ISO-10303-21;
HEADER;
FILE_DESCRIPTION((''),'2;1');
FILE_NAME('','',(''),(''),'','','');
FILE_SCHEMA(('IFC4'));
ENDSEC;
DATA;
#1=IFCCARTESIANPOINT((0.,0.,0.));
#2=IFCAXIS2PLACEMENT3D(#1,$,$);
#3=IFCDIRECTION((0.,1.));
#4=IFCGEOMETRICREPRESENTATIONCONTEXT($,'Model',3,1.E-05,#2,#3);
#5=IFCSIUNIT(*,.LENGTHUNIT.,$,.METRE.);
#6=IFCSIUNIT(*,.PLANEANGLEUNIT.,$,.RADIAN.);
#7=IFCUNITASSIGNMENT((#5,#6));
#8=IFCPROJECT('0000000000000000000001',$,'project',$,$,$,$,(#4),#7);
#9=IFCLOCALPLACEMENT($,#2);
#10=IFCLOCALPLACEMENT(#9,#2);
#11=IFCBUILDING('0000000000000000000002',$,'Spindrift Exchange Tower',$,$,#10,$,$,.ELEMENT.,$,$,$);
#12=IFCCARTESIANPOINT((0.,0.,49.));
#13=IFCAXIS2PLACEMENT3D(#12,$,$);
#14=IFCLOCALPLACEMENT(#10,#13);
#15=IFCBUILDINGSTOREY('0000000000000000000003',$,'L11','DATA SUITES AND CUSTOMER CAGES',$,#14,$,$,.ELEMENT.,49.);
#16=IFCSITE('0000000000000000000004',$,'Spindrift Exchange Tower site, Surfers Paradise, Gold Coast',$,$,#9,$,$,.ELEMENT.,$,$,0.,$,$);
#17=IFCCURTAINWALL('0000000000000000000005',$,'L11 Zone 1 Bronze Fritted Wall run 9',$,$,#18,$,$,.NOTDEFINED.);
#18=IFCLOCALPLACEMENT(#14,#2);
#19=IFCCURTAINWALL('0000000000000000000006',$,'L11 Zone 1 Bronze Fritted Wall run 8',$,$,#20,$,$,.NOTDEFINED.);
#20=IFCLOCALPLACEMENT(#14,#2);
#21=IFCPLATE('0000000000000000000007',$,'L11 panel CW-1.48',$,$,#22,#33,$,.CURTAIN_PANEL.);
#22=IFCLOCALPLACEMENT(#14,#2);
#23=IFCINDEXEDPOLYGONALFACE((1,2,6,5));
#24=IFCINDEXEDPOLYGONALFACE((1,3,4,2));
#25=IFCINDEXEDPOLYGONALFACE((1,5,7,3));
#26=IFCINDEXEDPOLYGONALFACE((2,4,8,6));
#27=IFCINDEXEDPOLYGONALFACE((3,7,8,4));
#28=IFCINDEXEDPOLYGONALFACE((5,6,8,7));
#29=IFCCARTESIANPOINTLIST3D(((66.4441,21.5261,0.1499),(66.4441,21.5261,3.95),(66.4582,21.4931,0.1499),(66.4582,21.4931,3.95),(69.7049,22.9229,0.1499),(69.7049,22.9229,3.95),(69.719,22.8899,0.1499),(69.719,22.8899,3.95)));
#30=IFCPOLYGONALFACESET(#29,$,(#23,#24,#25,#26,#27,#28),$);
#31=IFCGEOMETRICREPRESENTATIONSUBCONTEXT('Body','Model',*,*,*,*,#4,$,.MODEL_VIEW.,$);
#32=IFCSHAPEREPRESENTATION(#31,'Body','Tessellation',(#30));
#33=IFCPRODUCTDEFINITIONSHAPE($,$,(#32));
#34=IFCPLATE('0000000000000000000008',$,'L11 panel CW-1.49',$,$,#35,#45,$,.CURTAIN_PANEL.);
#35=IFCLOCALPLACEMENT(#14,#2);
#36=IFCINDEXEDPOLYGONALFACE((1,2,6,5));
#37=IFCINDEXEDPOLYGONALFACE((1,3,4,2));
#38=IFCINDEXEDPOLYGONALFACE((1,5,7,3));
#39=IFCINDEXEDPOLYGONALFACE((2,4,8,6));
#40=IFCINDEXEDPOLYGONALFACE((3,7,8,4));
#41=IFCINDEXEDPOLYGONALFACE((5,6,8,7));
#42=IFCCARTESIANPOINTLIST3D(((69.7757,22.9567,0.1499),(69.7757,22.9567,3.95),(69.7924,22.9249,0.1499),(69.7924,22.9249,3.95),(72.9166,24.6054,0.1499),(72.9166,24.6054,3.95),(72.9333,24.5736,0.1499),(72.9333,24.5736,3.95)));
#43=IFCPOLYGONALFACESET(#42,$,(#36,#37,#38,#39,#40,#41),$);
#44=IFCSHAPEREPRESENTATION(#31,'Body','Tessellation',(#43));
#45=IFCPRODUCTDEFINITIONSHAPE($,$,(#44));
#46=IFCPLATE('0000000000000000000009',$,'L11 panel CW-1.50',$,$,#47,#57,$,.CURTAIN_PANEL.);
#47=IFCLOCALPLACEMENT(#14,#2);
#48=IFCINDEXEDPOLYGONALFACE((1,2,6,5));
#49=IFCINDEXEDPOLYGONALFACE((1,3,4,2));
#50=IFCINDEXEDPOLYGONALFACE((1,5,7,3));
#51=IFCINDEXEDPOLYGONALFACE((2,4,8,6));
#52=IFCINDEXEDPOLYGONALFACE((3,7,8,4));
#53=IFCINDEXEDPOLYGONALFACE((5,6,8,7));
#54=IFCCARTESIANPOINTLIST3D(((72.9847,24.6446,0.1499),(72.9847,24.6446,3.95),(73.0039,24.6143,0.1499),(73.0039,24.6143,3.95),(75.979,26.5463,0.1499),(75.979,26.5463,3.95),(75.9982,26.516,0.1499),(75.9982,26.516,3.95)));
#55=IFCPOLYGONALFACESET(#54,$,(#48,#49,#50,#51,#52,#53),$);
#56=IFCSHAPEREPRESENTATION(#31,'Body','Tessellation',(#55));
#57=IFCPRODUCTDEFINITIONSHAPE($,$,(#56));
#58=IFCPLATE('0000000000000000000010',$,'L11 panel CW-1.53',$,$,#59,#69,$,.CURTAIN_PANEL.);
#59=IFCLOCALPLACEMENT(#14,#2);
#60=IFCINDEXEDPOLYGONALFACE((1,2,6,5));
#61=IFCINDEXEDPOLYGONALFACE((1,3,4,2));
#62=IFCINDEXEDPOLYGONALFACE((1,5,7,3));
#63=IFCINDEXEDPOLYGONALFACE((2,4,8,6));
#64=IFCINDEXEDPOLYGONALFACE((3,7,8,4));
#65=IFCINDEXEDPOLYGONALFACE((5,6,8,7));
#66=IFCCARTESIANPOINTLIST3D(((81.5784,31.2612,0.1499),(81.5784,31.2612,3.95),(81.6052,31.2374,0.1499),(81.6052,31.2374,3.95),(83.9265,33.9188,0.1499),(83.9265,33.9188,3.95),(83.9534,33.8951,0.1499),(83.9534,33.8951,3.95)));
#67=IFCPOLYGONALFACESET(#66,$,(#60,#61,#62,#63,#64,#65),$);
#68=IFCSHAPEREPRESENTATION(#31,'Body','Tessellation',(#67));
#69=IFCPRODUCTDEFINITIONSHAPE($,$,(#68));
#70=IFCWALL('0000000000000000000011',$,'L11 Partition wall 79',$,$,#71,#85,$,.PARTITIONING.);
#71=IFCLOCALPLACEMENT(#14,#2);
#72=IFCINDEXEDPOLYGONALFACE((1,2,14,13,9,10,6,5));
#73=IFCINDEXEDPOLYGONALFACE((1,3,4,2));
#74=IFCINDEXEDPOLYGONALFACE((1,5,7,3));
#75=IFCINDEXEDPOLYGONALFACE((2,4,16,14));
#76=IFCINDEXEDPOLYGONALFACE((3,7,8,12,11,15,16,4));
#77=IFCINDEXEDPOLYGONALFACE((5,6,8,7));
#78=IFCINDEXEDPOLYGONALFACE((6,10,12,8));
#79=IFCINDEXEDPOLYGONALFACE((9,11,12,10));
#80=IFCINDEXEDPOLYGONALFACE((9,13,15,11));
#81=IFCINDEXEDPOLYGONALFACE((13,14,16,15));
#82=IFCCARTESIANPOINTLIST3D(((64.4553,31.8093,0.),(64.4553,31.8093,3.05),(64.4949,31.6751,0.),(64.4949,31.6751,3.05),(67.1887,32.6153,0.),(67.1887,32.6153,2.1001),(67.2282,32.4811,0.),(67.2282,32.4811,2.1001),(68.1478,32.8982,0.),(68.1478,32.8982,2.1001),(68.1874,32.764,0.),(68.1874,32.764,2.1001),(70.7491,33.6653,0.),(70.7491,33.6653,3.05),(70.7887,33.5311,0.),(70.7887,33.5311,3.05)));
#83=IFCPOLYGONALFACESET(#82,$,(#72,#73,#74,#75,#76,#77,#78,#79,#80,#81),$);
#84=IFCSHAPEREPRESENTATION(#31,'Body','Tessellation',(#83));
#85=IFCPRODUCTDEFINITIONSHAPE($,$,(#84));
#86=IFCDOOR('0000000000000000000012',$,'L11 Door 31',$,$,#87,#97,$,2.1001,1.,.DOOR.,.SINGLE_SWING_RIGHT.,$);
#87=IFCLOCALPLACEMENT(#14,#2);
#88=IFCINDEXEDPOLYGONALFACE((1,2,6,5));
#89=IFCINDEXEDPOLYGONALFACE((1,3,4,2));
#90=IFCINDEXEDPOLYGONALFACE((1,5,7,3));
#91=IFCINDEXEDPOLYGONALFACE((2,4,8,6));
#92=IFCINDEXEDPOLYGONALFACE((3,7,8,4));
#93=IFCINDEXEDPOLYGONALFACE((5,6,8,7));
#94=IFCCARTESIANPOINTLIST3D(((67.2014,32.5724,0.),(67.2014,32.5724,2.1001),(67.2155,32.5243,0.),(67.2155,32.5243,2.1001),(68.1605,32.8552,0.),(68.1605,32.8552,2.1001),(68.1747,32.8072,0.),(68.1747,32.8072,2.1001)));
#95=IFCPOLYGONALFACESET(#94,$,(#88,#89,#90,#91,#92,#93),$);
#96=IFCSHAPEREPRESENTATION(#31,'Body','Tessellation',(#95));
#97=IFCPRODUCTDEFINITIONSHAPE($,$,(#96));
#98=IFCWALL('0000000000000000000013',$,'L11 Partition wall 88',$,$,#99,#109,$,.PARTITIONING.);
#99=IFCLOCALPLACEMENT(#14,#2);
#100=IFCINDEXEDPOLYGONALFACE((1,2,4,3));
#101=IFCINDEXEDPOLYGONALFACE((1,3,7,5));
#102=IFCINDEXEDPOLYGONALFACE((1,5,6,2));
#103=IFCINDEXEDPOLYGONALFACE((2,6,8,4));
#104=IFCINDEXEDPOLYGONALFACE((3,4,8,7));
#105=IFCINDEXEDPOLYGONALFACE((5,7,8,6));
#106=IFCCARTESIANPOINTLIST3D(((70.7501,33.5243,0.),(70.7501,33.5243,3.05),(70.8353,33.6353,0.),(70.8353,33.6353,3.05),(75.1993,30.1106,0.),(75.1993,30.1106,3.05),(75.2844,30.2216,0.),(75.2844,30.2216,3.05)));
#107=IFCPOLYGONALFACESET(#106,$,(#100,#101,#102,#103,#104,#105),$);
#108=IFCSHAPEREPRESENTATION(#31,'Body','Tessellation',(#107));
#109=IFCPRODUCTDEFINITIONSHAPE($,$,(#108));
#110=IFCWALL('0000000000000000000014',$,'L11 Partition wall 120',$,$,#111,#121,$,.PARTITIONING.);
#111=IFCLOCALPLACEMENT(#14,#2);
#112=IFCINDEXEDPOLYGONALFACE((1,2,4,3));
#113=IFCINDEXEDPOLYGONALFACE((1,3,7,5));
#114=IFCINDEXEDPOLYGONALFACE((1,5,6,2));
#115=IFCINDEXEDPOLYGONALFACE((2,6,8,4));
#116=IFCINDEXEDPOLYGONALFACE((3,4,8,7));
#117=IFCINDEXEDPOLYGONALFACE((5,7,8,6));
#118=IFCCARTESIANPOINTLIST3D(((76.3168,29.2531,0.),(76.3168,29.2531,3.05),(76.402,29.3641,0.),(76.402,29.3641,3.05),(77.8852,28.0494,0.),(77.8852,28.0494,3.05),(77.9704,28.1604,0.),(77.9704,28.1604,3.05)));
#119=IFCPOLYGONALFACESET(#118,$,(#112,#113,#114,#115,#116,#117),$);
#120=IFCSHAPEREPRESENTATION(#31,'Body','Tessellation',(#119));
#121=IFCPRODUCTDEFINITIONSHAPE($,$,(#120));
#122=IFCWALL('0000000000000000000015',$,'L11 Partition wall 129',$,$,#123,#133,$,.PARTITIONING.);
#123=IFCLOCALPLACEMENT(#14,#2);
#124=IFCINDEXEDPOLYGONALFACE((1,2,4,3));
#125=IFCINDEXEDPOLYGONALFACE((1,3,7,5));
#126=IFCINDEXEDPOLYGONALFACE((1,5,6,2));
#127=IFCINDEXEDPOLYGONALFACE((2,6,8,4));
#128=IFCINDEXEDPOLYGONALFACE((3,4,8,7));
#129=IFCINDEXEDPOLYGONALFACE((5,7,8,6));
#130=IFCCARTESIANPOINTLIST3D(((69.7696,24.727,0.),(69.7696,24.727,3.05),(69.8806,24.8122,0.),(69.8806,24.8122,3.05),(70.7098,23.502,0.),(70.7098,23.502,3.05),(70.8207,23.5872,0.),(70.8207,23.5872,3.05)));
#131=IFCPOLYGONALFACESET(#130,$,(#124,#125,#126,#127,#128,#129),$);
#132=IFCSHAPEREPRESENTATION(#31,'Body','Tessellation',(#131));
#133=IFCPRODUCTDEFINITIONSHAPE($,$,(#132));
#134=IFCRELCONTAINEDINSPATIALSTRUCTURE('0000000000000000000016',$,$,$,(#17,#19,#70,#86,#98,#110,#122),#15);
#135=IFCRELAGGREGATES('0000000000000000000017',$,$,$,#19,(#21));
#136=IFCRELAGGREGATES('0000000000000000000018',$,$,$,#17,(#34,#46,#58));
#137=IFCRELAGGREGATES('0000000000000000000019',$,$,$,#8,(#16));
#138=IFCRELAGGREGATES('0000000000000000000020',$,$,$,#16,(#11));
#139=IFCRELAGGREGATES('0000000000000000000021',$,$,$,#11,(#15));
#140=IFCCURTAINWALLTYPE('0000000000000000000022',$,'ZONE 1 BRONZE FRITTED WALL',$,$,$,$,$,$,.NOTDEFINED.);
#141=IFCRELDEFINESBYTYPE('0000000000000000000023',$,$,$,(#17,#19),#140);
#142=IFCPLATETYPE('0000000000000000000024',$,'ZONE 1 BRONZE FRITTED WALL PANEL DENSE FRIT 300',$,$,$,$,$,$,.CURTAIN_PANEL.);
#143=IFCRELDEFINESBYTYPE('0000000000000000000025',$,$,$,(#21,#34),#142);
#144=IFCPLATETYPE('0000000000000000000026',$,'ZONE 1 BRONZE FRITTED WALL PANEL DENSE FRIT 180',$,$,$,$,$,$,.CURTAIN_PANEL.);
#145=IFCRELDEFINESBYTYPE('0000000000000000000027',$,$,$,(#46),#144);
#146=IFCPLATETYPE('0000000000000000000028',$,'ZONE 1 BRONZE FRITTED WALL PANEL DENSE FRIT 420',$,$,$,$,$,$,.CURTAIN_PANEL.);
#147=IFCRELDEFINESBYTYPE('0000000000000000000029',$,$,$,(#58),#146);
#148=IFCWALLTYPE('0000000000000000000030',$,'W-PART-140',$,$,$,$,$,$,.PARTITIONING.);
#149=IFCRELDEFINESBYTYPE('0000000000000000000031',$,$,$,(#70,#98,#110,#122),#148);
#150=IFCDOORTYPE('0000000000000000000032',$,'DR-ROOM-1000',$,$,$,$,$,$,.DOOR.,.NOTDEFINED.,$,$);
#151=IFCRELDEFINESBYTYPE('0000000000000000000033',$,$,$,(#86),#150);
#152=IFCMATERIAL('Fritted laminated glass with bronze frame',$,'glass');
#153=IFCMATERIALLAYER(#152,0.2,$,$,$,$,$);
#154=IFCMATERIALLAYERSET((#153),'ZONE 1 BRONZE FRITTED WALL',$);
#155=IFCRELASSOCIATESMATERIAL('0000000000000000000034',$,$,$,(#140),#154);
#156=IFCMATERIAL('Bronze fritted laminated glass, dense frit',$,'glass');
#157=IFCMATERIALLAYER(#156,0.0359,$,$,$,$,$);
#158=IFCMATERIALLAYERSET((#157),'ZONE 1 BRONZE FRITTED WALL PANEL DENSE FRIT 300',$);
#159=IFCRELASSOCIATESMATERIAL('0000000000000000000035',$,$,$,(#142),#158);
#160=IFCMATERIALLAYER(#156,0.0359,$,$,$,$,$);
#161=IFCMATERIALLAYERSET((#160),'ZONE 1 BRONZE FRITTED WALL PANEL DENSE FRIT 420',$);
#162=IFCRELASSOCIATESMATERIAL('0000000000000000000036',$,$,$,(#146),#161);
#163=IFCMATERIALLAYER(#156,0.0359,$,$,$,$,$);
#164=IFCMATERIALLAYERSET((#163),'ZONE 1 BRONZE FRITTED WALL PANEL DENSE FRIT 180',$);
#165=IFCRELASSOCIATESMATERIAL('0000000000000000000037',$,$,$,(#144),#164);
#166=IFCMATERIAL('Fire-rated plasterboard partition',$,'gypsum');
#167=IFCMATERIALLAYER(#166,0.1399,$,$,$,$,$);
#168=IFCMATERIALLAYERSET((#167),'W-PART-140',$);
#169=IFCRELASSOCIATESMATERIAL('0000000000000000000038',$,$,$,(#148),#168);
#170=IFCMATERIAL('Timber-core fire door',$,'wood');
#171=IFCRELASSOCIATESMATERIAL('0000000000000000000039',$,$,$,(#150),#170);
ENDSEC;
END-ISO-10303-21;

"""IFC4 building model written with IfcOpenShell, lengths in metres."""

from ifc_helpers import new_model, si_unit, direction, frame, frame_2d, origin, origin_2d, place, context, subcontext, project, spatial, rectangle, extrude, source, transform, mapped, material, layer, layer_set, type_object, element, fill, aggregate, save


model = new_model("IFC4")

# Units and contexts
model_context = context("Model", 3, precision=1e-05, world=origin(), true_north=direction((0.0, 1.0)))
body_context = subcontext(model_context, "Body", "Model", "MODEL_VIEW")
ifc_project = project(units=[si_unit("LENGTHUNIT", "METRE"), si_unit("PLANEANGLEUNIT", "RADIAN")], contexts=[model_context])

# Site, building, storey
site_placement = place(None, origin())
site = spatial("IfcSite", under=ifc_project, at=site_placement, Name="Spindrift Exchange Tower site, Surfers Paradise, Gold Coast", CompositionType="ELEMENT", RefElevation=0.0)
building_placement = place(site_placement, origin())
building = spatial("IfcBuilding", under=site, at=building_placement, Name="Spindrift Exchange Tower", CompositionType="ELEMENT")
storey_placement = place(building_placement, frame((0.0, 0.0, 49.0)))
storey = spatial("IfcBuildingStorey", under=building, at=storey_placement, Name="L11", Description="DATA SUITES AND CUSTOMER CAGES", CompositionType="ELEMENT", Elevation=49.0)

# Curtain wall
ifc_material_1 = material(Name="Fritted laminated glass with bronze frame", Category="glass")
ifc_layer_1 = layer(ifc_material_1, 0.2)
ifc_layer_set_1 = layer_set([ifc_layer_1], Name="ZONE 1 BRONZE FRITTED WALL")
curtain_wall_type = type_object("IfcCurtainWallType", Name="ZONE 1 BRONZE FRITTED WALL", PredefinedType="NOTDEFINED", material=ifc_layer_set_1)
curtain_wall_1_placement = place(storey_placement, origin())
curtain_wall_1 = element("IfcCurtainWall", 1, at=curtain_wall_1_placement, inside=storey, type_object=curtain_wall_type, Name="L11 Zone 1 Bronze Fritted Wall run 9", PredefinedType="NOTDEFINED")

# Curtain wall
curtain_wall_2_placement = place(storey_placement, origin())
curtain_wall_2 = element("IfcCurtainWall", 2, at=curtain_wall_2_placement, inside=storey, type_object=curtain_wall_type, Name="L11 Zone 1 Bronze Fritted Wall run 8", PredefinedType="NOTDEFINED")

# Plates
ifc_material_2 = material(Name="Bronze fritted laminated glass, dense frit", Category="glass")
ifc_layer_2 = layer(ifc_material_2, 0.0359)
ifc_layer_set_2 = layer_set([ifc_layer_2], Name="ZONE 1 BRONZE FRITTED WALL PANEL DENSE FRIT 300")
plate_type_1 = type_object("IfcPlateType", Name="ZONE 1 BRONZE FRITTED WALL PANEL DENSE FRIT 300", PredefinedType="CURTAIN_PANEL", material=ifc_layer_set_2)
ifc_layer_3 = layer(ifc_material_2, 0.0359)
ifc_layer_set_3 = layer_set([ifc_layer_3], Name="ZONE 1 BRONZE FRITTED WALL PANEL DENSE FRIT 420")
plate_type_2 = type_object("IfcPlateType", Name="ZONE 1 BRONZE FRITTED WALL PANEL DENSE FRIT 420", PredefinedType="CURTAIN_PANEL", material=ifc_layer_set_3)
shared_shape_1 = source(origin(), body_context, "Body", "SweptSolid", [
    extrude(rectangle(XDim=3.5474, YDim=0.0359, at=origin_2d()), origin(), (0.0, 0.0, 1.0), 3.8),
])
plate_1_placement = place(storey_placement, frame((68.0815, 22.208, 0.1499), z_axis=(0.0, 0.0, 1.0), x_axis=(0.919223, 0.393737, 0.0)))
plate_1 = element("IfcPlate", 3, at=plate_1_placement, type_object=plate_type_1, Name="L11 panel CW-1.48", PredefinedType="CURTAIN_PANEL", context=body_context, shape_type="MappedRepresentation", body=[
    mapped(shared_shape_1, transform((0.0, 0.0, 0.0), scale=1.0)),
])
aggregate(curtain_wall_2, [plate_1])
plate_2_placement = place(storey_placement, frame((71.3545, 23.7651, 0.1499), z_axis=(0.0, 0.0, 1.0), x_axis=(0.885425, 0.464782, 0.0)))
plate_2 = element("IfcPlate", 4, at=plate_2_placement, type_object=plate_type_1, Name="L11 panel CW-1.49", PredefinedType="CURTAIN_PANEL", context=body_context, shape_type="MappedRepresentation", body=[
    mapped(shared_shape_1, transform((0.0, 0.0, 0.0), scale=1.0)),
])
ifc_layer_4 = layer(ifc_material_2, 0.0359)
ifc_layer_set_4 = layer_set([ifc_layer_4], Name="ZONE 1 BRONZE FRITTED WALL PANEL DENSE FRIT 180")
plate_type_3 = type_object("IfcPlateType", Name="ZONE 1 BRONZE FRITTED WALL PANEL DENSE FRIT 180", PredefinedType="CURTAIN_PANEL", material=ifc_layer_set_4)
shared_shape_2 = source(origin(), body_context, "Body", "SweptSolid", [
    extrude(rectangle(XDim=3.5471, YDim=0.0359, at=origin_2d()), origin(), (0.0, 0.0, 1.0), 3.8),
])
plate_3_placement = place(storey_placement, frame((74.4915, 25.5803, 0.1499), z_axis=(0.0, 0.0, 1.0), x_axis=(0.844138, 0.536126, 0.0)))
plate_3 = element("IfcPlate", 5, at=plate_3_placement, type_object=plate_type_3, Name="L11 panel CW-1.50", PredefinedType="CURTAIN_PANEL", context=body_context, shape_type="MappedRepresentation", body=[
    mapped(shared_shape_2, transform((0.0, 0.0, 0.0), scale=1.0)),
])
shared_shape_3 = source(origin(), body_context, "Body", "SweptSolid", [
    extrude(rectangle(XDim=3.5464, YDim=0.0359, at=origin_2d()), origin(), (0.0, 0.0, 1.0), 3.8),
])
plate_4_placement = place(storey_placement, frame((82.7659, 32.5781, 0.1499), z_axis=(0.0, 0.0, 1.0), x_axis=(0.662122, 0.749396, 0.0)))
plate_4 = element("IfcPlate", 6, at=plate_4_placement, type_object=plate_type_2, Name="L11 panel CW-1.53", PredefinedType="CURTAIN_PANEL", context=body_context, shape_type="MappedRepresentation", body=[
    mapped(shared_shape_3, transform((0.0, 0.0, 0.0), scale=1.0)),
])
aggregate(curtain_wall_1, [plate_2, plate_3, plate_4])

# Wall, opening, door
ifc_material_3 = material(Name="Fire-rated plasterboard partition", Category="gypsum")
ifc_layer_5 = layer(ifc_material_3, 0.1399)
ifc_layer_set_5 = layer_set([ifc_layer_5], Name="W-PART-140")
wall_type = type_object("IfcWallType", Name="W-PART-140", PredefinedType="PARTITIONING", material=ifc_layer_set_5)
wall_1_placement = place(storey_placement, frame((70.7688, 33.5981, 0.0), z_axis=(0.0, 0.0, 1.0), x_axis=(-0.959164, -0.282849, 0.0)))
wall_1 = element("IfcWall", 7, at=wall_1_placement, inside=storey, type_object=wall_type, Name="L11 Partition wall 79", PredefinedType="PARTITIONING", context=body_context, shape_type="SweptSolid", body=[
    extrude(rectangle(XDim=6.5618, YDim=0.1399, at=frame_2d((3.2808, 0.0))), origin(), (0.0, 0.0, 1.0), 3.05),
])
opening_placement = place(wall_1_placement, frame((2.7119, 0.0, 0.0)))
opening = element("IfcOpeningElement", 8, at=opening_placement, cuts=wall_1, PredefinedType="OPENING", context=body_context, shape_type="SweptSolid", body=[
    extrude(rectangle(XDim=1.0, YDim=2.1001, at=frame_2d((0.5, 1.05))), frame((0.0, 0.0798, 0.0), z_axis=(0.0, -1.0, 0.0), x_axis=(1.0, 0.0, 0.0)), (0.0, 0.0, 1.0), 0.1599),
])
ifc_material_4 = material(Name="Timber-core fire door", Category="wood")
door_type = type_object("IfcDoorType", Name="DR-ROOM-1000", OperationType="NOTDEFINED", PredefinedType="DOOR", material=ifc_material_4)
shared_shape_4 = source(origin(), body_context, "Body", "SweptSolid", [
    extrude(rectangle(XDim=1.0, YDim=2.1001, at=frame_2d((0.5, 1.05))), frame((0.0, 0.0249, 0.0), z_axis=(0.0, -1.0, 0.0), x_axis=(1.0, 0.0, 0.0)), (0.0, 0.0, 1.0), 0.05),
])
door_placement = place(opening_placement, origin())
door = element("IfcDoor", 9, at=door_placement, inside=storey, type_object=door_type, Name="L11 Door 31", OperationType="SINGLE_SWING_RIGHT", OverallHeight=2.1001, OverallWidth=1.0, PredefinedType="DOOR", context=body_context, shape_type="MappedRepresentation", body=[
    mapped(shared_shape_4, transform((0.0, 0.0, 0.0), scale=1.0)),
])
fill(opening, door)

# Walls
wall_2_placement = place(storey_placement, frame((70.7927, 33.5798, 0.0), z_axis=(0.0, 0.0, 1.0), x_axis=(0.793369, -0.60874, 0.0)))
element("IfcWall", 10, at=wall_2_placement, inside=storey, type_object=wall_type, Name="L11 Partition wall 88", PredefinedType="PARTITIONING", context=body_context, shape_type="SweptSolid", body=[
    extrude(rectangle(XDim=5.6079, YDim=0.1399, at=frame_2d((2.804, 0.0))), origin(), (0.0, 0.0, 1.0), 3.05),
])
wall_3_placement = place(storey_placement, frame((76.3594, 29.3086, 0.0), z_axis=(0.0, 0.0, 1.0), x_axis=(0.793312, -0.608815, 0.0)))
element("IfcWall", 11, at=wall_3_placement, inside=storey, type_object=wall_type, Name="L11 Partition wall 120", PredefinedType="PARTITIONING", context=body_context, shape_type="SweptSolid", body=[
    extrude(rectangle(XDim=1.9771, YDim=0.1399, at=frame_2d((0.9885, 0.0))), origin(), (0.0, 0.0, 1.0), 3.05),
])
wall_4_placement = place(storey_placement, frame((69.8252, 24.7695, 0.0), z_axis=(0.0, 0.0, 1.0), x_axis=(0.608816, -0.793311, 0.0)))
element("IfcWall", 12, at=wall_4_placement, inside=storey, type_object=wall_type, Name="L11 Partition wall 129", PredefinedType="PARTITIONING", context=body_context, shape_type="SweptSolid", body=[
    extrude(rectangle(XDim=1.5442, YDim=0.1399, at=frame_2d((0.772, 0.0))), origin(), (0.0, 0.0, 1.0), 3.05),
])

save(model, "model.ifc")
